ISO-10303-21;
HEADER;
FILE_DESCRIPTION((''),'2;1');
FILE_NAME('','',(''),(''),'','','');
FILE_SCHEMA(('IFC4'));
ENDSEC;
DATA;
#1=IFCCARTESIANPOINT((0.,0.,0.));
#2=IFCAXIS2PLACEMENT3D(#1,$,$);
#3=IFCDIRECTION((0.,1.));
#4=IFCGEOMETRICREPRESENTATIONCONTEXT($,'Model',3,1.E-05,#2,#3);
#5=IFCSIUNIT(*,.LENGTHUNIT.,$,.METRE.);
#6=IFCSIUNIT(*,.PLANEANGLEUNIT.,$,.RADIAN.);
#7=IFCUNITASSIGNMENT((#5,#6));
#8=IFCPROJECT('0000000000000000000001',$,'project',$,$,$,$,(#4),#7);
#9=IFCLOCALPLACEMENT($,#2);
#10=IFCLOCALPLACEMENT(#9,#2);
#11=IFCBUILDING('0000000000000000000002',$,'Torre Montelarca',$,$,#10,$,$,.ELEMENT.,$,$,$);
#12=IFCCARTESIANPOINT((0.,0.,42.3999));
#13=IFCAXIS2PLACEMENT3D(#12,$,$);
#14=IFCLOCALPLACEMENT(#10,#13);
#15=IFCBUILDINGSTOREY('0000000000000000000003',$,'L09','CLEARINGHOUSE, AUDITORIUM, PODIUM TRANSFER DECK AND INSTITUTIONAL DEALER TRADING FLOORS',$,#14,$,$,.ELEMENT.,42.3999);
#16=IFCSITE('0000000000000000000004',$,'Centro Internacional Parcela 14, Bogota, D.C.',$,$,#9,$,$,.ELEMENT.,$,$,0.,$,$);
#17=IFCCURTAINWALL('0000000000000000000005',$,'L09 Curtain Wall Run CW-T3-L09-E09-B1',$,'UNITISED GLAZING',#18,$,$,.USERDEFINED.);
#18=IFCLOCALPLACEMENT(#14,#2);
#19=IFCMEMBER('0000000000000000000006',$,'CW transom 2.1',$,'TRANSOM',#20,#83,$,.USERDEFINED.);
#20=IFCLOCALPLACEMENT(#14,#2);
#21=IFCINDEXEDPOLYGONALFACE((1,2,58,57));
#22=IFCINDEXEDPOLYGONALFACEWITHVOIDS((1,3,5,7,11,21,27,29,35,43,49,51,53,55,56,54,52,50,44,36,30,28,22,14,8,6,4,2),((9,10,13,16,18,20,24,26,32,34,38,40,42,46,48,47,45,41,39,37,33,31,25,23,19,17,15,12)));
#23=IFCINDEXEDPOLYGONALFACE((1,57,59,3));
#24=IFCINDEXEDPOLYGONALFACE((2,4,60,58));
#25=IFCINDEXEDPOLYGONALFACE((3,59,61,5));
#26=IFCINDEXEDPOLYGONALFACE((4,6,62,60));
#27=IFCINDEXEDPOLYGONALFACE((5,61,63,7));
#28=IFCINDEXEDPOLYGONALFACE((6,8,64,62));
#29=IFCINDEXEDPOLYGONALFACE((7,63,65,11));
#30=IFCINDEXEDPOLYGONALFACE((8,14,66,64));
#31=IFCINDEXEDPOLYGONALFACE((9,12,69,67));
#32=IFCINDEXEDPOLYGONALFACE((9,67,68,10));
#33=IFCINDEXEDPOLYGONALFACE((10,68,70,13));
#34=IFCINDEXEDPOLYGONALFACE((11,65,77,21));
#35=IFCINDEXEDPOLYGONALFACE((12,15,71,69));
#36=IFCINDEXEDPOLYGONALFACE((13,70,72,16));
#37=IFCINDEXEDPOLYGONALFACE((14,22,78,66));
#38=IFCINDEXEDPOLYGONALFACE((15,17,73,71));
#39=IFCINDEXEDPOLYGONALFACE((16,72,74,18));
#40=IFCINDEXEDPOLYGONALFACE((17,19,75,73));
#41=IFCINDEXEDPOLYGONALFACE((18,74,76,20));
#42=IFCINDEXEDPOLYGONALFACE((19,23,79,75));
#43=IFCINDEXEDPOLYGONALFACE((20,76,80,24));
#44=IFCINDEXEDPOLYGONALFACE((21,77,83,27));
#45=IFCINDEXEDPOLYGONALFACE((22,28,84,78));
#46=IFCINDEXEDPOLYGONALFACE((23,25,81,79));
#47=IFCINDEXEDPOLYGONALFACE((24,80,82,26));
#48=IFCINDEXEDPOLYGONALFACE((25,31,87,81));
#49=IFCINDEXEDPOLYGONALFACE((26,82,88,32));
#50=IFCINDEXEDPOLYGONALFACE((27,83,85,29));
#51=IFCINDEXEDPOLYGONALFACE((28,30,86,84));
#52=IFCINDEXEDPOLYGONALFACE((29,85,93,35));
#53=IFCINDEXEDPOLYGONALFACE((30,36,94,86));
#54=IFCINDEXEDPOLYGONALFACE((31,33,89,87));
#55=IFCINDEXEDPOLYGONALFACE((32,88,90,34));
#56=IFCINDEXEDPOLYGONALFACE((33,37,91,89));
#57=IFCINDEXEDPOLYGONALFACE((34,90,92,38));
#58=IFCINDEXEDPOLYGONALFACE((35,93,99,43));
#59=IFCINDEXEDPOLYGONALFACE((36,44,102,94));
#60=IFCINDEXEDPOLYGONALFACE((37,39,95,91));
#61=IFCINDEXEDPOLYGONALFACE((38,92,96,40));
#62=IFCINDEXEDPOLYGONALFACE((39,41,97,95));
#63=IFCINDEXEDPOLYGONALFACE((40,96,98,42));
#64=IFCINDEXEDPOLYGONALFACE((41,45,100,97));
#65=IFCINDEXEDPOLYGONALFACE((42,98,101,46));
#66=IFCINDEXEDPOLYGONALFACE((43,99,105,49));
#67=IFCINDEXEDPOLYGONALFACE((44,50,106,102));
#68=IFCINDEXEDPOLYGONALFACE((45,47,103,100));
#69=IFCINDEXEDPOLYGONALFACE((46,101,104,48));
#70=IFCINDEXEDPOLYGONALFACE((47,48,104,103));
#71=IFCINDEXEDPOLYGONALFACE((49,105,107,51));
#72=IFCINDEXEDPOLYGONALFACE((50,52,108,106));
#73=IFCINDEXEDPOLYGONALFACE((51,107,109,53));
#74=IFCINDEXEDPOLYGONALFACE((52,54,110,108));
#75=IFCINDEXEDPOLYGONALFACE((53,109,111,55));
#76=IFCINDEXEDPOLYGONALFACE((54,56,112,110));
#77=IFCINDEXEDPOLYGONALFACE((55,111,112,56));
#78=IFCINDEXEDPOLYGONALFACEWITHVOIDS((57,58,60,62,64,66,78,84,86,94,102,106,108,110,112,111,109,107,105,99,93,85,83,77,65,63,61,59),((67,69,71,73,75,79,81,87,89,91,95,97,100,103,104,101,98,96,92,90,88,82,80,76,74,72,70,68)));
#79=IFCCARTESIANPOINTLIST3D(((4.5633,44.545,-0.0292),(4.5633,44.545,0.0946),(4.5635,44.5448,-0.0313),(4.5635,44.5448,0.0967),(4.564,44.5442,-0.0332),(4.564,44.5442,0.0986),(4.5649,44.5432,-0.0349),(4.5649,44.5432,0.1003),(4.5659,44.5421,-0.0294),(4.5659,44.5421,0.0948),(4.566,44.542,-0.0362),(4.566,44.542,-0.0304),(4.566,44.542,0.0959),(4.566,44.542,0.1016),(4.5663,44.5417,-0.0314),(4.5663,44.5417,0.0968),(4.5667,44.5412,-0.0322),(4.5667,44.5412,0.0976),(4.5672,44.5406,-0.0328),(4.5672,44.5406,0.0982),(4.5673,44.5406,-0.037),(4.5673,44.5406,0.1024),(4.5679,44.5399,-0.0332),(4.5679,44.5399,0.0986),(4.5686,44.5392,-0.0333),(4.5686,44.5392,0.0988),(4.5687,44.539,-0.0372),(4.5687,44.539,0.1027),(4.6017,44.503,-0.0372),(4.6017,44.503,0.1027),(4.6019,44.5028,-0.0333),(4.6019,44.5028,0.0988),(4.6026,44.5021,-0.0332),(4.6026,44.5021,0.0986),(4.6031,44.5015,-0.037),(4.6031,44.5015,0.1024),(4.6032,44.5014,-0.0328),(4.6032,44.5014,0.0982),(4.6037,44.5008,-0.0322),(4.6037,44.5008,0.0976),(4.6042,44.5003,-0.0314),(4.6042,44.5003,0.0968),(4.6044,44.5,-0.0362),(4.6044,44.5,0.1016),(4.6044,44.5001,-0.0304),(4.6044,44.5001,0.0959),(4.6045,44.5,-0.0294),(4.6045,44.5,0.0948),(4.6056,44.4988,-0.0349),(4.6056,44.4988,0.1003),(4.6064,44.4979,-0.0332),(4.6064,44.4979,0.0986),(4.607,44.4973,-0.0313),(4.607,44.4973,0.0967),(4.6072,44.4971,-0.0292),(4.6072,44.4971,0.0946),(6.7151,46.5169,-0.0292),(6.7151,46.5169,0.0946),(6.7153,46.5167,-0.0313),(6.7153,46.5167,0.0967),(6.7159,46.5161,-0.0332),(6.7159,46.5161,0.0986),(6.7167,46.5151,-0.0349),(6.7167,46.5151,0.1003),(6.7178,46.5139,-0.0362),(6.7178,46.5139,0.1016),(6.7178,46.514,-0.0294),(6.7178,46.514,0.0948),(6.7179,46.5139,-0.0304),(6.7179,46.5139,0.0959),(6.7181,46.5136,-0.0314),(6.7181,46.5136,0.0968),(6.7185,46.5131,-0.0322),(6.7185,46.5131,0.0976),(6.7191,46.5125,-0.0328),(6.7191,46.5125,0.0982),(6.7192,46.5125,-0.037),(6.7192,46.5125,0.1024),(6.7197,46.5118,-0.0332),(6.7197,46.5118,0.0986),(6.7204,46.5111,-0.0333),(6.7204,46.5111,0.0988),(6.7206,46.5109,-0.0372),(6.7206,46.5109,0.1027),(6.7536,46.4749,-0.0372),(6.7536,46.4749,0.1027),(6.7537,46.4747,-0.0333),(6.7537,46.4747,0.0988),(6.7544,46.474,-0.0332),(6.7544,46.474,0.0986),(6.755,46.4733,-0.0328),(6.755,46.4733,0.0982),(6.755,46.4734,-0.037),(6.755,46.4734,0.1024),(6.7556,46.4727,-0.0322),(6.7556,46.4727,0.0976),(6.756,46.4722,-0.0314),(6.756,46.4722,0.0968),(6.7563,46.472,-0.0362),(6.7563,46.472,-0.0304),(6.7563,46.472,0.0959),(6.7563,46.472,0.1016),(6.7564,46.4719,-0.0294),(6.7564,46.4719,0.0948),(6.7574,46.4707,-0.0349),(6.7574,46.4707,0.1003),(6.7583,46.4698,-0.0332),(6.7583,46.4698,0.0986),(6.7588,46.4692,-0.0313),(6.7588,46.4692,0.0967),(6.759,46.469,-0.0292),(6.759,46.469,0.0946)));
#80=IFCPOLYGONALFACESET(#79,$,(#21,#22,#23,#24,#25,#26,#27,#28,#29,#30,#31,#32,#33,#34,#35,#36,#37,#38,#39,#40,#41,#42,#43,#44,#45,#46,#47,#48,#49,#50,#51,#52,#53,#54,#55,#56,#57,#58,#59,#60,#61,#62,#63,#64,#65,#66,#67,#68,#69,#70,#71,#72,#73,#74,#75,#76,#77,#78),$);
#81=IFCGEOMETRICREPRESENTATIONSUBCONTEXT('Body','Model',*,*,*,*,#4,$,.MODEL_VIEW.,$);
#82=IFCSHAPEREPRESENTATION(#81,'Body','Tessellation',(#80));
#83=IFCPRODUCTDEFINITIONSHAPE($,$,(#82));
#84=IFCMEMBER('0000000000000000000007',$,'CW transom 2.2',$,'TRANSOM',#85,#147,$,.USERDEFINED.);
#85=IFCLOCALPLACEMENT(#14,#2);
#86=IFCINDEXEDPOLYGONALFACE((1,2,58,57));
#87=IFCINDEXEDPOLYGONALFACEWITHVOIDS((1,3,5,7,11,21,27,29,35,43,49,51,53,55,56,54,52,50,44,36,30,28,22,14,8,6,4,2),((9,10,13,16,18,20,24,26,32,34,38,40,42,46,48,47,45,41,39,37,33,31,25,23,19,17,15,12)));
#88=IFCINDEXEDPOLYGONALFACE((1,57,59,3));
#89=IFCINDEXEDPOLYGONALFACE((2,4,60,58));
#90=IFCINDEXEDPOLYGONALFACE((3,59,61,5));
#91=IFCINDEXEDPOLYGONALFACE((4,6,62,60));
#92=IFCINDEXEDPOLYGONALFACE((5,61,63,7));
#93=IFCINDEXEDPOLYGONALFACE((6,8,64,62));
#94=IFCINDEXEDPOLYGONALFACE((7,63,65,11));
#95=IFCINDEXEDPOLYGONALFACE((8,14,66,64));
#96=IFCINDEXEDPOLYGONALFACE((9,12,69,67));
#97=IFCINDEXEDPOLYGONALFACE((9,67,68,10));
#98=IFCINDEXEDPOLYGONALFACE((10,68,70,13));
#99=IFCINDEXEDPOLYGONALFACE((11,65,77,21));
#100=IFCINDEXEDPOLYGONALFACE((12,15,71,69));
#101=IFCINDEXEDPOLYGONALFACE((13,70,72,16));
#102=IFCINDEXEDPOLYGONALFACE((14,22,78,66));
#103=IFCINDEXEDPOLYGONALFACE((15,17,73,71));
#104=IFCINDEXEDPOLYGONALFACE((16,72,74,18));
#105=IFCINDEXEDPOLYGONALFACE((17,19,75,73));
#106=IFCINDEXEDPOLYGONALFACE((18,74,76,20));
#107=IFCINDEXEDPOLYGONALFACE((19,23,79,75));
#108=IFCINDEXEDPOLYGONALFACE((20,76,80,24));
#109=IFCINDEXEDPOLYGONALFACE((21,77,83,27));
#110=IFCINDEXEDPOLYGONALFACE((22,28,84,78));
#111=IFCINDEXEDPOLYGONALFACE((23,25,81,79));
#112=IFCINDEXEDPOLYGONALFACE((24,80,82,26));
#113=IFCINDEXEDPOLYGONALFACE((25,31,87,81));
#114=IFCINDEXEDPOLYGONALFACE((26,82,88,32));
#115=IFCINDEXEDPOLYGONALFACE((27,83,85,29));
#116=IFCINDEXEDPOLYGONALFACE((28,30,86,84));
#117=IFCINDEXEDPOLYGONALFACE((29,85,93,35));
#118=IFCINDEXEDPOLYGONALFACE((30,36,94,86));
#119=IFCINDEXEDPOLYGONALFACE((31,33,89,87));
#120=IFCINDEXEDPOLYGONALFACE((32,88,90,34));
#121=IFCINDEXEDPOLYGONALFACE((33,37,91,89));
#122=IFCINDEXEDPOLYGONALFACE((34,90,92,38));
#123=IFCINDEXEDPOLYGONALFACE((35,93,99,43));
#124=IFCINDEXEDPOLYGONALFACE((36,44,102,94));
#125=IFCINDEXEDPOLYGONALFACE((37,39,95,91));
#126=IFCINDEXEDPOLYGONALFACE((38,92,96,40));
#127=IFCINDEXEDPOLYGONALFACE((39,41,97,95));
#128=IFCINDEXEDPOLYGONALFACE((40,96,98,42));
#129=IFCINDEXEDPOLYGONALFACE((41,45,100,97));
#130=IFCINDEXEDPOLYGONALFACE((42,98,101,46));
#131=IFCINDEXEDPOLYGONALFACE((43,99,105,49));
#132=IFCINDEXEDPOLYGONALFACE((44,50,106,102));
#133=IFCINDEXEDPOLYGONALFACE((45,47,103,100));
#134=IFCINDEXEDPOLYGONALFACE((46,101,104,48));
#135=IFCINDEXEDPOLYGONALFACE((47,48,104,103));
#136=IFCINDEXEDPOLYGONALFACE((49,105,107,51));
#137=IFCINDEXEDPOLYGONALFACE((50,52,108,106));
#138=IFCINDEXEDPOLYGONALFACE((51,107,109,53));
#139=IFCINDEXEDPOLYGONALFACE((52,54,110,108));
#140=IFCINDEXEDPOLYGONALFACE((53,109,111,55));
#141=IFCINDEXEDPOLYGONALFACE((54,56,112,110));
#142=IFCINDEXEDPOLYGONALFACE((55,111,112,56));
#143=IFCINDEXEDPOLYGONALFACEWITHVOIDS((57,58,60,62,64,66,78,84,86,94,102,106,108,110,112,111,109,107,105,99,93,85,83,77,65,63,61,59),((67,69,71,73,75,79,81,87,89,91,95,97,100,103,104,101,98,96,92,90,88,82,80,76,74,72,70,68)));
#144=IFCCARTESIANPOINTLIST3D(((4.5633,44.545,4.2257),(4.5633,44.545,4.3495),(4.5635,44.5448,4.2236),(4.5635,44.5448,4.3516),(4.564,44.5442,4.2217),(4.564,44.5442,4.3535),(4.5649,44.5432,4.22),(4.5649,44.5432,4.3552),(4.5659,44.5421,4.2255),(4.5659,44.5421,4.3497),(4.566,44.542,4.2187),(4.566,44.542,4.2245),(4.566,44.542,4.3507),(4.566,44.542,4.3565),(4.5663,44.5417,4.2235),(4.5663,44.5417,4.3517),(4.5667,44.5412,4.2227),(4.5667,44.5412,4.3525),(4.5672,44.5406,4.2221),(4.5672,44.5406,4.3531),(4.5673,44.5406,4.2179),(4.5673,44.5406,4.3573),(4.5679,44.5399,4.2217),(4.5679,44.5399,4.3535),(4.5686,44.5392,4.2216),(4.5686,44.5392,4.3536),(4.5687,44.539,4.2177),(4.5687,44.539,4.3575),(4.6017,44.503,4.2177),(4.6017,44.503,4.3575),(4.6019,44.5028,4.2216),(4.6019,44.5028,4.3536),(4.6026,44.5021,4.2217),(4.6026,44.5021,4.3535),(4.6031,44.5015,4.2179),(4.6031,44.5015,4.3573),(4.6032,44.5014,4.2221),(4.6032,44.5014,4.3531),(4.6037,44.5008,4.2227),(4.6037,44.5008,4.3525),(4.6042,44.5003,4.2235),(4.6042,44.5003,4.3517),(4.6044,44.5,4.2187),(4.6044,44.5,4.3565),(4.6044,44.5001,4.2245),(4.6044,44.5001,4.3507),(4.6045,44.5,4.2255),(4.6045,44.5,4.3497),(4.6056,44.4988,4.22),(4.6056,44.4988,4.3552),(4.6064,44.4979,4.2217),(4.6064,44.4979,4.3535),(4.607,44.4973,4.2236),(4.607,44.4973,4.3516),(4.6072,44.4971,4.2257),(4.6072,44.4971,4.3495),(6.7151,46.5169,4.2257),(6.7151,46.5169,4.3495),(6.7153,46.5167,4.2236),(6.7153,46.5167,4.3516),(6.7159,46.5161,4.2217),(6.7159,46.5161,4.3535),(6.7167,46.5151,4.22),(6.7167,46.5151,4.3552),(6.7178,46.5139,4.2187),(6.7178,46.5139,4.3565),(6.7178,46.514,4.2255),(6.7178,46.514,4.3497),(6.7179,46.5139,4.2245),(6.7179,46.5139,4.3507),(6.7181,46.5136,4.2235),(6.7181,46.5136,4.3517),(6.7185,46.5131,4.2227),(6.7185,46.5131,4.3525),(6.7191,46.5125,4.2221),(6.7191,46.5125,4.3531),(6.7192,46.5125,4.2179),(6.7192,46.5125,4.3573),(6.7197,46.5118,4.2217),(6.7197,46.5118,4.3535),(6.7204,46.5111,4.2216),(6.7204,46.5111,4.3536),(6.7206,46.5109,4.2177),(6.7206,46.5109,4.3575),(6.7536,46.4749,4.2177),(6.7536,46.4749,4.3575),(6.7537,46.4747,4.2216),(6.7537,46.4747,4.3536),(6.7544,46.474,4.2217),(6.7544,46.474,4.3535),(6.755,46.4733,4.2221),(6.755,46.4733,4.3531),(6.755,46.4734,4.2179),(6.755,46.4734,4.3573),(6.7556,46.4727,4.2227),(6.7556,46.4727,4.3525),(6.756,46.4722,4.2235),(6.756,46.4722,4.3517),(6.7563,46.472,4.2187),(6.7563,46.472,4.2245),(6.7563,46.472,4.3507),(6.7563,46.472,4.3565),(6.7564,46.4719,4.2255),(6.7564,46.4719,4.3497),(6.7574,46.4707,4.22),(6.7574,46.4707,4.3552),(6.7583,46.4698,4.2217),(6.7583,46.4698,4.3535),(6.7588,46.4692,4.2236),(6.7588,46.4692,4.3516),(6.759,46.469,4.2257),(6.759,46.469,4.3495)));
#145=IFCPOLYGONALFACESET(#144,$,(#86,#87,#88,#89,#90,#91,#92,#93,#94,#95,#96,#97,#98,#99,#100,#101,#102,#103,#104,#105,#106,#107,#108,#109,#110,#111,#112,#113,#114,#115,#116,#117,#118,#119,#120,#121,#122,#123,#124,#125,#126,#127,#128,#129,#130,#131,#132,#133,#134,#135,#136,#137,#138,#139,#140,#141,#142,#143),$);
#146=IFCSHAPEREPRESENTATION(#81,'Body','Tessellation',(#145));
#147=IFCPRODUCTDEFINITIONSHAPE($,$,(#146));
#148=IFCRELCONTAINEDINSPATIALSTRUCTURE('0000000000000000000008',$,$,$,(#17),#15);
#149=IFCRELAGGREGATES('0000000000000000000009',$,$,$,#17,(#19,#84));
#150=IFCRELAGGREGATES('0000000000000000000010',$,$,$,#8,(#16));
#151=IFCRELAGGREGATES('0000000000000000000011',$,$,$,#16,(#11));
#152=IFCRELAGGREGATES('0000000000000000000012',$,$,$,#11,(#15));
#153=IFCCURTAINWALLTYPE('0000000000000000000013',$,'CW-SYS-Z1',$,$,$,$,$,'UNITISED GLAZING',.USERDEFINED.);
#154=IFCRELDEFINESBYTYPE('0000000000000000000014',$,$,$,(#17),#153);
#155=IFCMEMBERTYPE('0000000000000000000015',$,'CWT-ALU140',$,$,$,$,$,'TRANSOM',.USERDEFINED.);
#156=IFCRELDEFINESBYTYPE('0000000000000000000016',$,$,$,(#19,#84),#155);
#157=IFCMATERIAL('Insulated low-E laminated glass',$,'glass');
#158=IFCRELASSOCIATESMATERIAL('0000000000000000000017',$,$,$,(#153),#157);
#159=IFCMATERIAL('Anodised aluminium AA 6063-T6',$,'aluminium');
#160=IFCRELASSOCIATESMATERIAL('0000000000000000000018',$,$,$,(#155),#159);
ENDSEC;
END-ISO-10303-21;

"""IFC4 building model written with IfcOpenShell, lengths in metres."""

from ifc_helpers import new_model, si_unit, direction, frame, origin, origin_2d, place, context, subcontext, project, spatial, hollow_rectangle, extrude, source, transform, mapped, material, material_profile, profile_set, type_object, element, aggregate, save


model = new_model("IFC4")

# Units and contexts
model_context = context("Model", 3, precision=1e-05, world=origin(), true_north=direction((0.0, 1.0)))
body_context = subcontext(model_context, "Body", "Model", "MODEL_VIEW")
ifc_project = project(units=[si_unit("LENGTHUNIT", "METRE"), si_unit("PLANEANGLEUNIT", "RADIAN")], contexts=[model_context])

# Site, building, storey
site_placement = place(None, origin())
site = spatial("IfcSite", under=ifc_project, at=site_placement, Name="Centro Internacional Parcela 14, Bogota, D.C.", CompositionType="ELEMENT", RefElevation=0.0)
building_placement = place(site_placement, origin())
building = spatial("IfcBuilding", under=site, at=building_placement, Name="Torre Montelarca", CompositionType="ELEMENT")
storey_placement = place(building_placement, frame((0.0, 0.0, 42.3999)))
storey = spatial("IfcBuildingStorey", under=building, at=storey_placement, Name="L09", Description="CLEARINGHOUSE, AUDITORIUM, PODIUM TRANSFER DECK AND INSTITUTIONAL DEALER TRADING FLOORS", CompositionType="ELEMENT", Elevation=42.3999)

# Curtain wall, members
ifc_material_1 = material(Name="Insulated low-E laminated glass", Category="glass")
curtain_wall_type = type_object("IfcCurtainWallType", Name="CW-SYS-Z1", ElementType="UNITISED GLAZING", PredefinedType="USERDEFINED", material=ifc_material_1)
curtain_wall_1_placement = place(storey_placement, origin())
curtain_wall_1 = element("IfcCurtainWall", 1, at=curtain_wall_1_placement, inside=storey, type_object=curtain_wall_type, Name="L09 Curtain Wall Run CW-T3-L09-E09-B1", ObjectType="UNITISED GLAZING", PredefinedType="USERDEFINED")
ifc_material_2 = material(Name="Anodised aluminium AA 6063-T6", Category="aluminium")
ifc_material_profile_1 = material_profile(ifc_material_2, hollow_rectangle(XDim=0.0649, YDim=0.1399, WallThickness=0.0039, InnerFilletRadius=0.0039, OuterFilletRadius=0.0081, at=origin_2d()), Name="ALU65X140X4", Category="aluminium")
ifc_profile_set_1 = profile_set([ifc_material_profile_1], Name="Anodised aluminium AA 6063-T6")
member_type_1 = type_object("IfcMemberType", Name="CWT-ALU140", ElementType="TRANSOM", PredefinedType="USERDEFINED", material=ifc_profile_set_1)
shared_shape_1 = source(origin(), body_context, "Body", "SweptSolid", [
    extrude(hollow_rectangle(XDim=0.0649, YDim=0.1399, WallThickness=0.0039, InnerFilletRadius=0.0039, OuterFilletRadius=0.0081, at=origin_2d()), origin(), (0.0, 0.0, 1.0), 2.9187),
])
member_1_placement = place(storey_placement, frame((6.7371, 46.4929, 0.0327), z_axis=(-0.737258, -0.675611, 0.0), x_axis=(0.675611, -0.737258, 0.0)))
member_1 = element("IfcMember", 2, at=member_1_placement, type_object=member_type_1, Name="CW transom 2.1", ObjectType="TRANSOM", PredefinedType="USERDEFINED", context=body_context, shape_type="MappedRepresentation", body=[
    mapped(shared_shape_1, transform((0.0, 0.0, 0.0), scale=1.0)),
])
member_2_placement = place(storey_placement, frame((6.7371, 46.4929, 4.2876), z_axis=(-0.737258, -0.675611, 0.0), x_axis=(0.675611, -0.737258, 0.0)))
member_2 = element("IfcMember", 3, at=member_2_placement, type_object=member_type_1, Name="CW transom 2.2", ObjectType="TRANSOM", PredefinedType="USERDEFINED", context=body_context, shape_type="MappedRepresentation", body=[
    mapped(shared_shape_1, transform((0.0, 0.0, 0.0), scale=1.0)),
])

aggregate(curtain_wall_1, [member_1, member_2])

save(model, "model.ifc")
